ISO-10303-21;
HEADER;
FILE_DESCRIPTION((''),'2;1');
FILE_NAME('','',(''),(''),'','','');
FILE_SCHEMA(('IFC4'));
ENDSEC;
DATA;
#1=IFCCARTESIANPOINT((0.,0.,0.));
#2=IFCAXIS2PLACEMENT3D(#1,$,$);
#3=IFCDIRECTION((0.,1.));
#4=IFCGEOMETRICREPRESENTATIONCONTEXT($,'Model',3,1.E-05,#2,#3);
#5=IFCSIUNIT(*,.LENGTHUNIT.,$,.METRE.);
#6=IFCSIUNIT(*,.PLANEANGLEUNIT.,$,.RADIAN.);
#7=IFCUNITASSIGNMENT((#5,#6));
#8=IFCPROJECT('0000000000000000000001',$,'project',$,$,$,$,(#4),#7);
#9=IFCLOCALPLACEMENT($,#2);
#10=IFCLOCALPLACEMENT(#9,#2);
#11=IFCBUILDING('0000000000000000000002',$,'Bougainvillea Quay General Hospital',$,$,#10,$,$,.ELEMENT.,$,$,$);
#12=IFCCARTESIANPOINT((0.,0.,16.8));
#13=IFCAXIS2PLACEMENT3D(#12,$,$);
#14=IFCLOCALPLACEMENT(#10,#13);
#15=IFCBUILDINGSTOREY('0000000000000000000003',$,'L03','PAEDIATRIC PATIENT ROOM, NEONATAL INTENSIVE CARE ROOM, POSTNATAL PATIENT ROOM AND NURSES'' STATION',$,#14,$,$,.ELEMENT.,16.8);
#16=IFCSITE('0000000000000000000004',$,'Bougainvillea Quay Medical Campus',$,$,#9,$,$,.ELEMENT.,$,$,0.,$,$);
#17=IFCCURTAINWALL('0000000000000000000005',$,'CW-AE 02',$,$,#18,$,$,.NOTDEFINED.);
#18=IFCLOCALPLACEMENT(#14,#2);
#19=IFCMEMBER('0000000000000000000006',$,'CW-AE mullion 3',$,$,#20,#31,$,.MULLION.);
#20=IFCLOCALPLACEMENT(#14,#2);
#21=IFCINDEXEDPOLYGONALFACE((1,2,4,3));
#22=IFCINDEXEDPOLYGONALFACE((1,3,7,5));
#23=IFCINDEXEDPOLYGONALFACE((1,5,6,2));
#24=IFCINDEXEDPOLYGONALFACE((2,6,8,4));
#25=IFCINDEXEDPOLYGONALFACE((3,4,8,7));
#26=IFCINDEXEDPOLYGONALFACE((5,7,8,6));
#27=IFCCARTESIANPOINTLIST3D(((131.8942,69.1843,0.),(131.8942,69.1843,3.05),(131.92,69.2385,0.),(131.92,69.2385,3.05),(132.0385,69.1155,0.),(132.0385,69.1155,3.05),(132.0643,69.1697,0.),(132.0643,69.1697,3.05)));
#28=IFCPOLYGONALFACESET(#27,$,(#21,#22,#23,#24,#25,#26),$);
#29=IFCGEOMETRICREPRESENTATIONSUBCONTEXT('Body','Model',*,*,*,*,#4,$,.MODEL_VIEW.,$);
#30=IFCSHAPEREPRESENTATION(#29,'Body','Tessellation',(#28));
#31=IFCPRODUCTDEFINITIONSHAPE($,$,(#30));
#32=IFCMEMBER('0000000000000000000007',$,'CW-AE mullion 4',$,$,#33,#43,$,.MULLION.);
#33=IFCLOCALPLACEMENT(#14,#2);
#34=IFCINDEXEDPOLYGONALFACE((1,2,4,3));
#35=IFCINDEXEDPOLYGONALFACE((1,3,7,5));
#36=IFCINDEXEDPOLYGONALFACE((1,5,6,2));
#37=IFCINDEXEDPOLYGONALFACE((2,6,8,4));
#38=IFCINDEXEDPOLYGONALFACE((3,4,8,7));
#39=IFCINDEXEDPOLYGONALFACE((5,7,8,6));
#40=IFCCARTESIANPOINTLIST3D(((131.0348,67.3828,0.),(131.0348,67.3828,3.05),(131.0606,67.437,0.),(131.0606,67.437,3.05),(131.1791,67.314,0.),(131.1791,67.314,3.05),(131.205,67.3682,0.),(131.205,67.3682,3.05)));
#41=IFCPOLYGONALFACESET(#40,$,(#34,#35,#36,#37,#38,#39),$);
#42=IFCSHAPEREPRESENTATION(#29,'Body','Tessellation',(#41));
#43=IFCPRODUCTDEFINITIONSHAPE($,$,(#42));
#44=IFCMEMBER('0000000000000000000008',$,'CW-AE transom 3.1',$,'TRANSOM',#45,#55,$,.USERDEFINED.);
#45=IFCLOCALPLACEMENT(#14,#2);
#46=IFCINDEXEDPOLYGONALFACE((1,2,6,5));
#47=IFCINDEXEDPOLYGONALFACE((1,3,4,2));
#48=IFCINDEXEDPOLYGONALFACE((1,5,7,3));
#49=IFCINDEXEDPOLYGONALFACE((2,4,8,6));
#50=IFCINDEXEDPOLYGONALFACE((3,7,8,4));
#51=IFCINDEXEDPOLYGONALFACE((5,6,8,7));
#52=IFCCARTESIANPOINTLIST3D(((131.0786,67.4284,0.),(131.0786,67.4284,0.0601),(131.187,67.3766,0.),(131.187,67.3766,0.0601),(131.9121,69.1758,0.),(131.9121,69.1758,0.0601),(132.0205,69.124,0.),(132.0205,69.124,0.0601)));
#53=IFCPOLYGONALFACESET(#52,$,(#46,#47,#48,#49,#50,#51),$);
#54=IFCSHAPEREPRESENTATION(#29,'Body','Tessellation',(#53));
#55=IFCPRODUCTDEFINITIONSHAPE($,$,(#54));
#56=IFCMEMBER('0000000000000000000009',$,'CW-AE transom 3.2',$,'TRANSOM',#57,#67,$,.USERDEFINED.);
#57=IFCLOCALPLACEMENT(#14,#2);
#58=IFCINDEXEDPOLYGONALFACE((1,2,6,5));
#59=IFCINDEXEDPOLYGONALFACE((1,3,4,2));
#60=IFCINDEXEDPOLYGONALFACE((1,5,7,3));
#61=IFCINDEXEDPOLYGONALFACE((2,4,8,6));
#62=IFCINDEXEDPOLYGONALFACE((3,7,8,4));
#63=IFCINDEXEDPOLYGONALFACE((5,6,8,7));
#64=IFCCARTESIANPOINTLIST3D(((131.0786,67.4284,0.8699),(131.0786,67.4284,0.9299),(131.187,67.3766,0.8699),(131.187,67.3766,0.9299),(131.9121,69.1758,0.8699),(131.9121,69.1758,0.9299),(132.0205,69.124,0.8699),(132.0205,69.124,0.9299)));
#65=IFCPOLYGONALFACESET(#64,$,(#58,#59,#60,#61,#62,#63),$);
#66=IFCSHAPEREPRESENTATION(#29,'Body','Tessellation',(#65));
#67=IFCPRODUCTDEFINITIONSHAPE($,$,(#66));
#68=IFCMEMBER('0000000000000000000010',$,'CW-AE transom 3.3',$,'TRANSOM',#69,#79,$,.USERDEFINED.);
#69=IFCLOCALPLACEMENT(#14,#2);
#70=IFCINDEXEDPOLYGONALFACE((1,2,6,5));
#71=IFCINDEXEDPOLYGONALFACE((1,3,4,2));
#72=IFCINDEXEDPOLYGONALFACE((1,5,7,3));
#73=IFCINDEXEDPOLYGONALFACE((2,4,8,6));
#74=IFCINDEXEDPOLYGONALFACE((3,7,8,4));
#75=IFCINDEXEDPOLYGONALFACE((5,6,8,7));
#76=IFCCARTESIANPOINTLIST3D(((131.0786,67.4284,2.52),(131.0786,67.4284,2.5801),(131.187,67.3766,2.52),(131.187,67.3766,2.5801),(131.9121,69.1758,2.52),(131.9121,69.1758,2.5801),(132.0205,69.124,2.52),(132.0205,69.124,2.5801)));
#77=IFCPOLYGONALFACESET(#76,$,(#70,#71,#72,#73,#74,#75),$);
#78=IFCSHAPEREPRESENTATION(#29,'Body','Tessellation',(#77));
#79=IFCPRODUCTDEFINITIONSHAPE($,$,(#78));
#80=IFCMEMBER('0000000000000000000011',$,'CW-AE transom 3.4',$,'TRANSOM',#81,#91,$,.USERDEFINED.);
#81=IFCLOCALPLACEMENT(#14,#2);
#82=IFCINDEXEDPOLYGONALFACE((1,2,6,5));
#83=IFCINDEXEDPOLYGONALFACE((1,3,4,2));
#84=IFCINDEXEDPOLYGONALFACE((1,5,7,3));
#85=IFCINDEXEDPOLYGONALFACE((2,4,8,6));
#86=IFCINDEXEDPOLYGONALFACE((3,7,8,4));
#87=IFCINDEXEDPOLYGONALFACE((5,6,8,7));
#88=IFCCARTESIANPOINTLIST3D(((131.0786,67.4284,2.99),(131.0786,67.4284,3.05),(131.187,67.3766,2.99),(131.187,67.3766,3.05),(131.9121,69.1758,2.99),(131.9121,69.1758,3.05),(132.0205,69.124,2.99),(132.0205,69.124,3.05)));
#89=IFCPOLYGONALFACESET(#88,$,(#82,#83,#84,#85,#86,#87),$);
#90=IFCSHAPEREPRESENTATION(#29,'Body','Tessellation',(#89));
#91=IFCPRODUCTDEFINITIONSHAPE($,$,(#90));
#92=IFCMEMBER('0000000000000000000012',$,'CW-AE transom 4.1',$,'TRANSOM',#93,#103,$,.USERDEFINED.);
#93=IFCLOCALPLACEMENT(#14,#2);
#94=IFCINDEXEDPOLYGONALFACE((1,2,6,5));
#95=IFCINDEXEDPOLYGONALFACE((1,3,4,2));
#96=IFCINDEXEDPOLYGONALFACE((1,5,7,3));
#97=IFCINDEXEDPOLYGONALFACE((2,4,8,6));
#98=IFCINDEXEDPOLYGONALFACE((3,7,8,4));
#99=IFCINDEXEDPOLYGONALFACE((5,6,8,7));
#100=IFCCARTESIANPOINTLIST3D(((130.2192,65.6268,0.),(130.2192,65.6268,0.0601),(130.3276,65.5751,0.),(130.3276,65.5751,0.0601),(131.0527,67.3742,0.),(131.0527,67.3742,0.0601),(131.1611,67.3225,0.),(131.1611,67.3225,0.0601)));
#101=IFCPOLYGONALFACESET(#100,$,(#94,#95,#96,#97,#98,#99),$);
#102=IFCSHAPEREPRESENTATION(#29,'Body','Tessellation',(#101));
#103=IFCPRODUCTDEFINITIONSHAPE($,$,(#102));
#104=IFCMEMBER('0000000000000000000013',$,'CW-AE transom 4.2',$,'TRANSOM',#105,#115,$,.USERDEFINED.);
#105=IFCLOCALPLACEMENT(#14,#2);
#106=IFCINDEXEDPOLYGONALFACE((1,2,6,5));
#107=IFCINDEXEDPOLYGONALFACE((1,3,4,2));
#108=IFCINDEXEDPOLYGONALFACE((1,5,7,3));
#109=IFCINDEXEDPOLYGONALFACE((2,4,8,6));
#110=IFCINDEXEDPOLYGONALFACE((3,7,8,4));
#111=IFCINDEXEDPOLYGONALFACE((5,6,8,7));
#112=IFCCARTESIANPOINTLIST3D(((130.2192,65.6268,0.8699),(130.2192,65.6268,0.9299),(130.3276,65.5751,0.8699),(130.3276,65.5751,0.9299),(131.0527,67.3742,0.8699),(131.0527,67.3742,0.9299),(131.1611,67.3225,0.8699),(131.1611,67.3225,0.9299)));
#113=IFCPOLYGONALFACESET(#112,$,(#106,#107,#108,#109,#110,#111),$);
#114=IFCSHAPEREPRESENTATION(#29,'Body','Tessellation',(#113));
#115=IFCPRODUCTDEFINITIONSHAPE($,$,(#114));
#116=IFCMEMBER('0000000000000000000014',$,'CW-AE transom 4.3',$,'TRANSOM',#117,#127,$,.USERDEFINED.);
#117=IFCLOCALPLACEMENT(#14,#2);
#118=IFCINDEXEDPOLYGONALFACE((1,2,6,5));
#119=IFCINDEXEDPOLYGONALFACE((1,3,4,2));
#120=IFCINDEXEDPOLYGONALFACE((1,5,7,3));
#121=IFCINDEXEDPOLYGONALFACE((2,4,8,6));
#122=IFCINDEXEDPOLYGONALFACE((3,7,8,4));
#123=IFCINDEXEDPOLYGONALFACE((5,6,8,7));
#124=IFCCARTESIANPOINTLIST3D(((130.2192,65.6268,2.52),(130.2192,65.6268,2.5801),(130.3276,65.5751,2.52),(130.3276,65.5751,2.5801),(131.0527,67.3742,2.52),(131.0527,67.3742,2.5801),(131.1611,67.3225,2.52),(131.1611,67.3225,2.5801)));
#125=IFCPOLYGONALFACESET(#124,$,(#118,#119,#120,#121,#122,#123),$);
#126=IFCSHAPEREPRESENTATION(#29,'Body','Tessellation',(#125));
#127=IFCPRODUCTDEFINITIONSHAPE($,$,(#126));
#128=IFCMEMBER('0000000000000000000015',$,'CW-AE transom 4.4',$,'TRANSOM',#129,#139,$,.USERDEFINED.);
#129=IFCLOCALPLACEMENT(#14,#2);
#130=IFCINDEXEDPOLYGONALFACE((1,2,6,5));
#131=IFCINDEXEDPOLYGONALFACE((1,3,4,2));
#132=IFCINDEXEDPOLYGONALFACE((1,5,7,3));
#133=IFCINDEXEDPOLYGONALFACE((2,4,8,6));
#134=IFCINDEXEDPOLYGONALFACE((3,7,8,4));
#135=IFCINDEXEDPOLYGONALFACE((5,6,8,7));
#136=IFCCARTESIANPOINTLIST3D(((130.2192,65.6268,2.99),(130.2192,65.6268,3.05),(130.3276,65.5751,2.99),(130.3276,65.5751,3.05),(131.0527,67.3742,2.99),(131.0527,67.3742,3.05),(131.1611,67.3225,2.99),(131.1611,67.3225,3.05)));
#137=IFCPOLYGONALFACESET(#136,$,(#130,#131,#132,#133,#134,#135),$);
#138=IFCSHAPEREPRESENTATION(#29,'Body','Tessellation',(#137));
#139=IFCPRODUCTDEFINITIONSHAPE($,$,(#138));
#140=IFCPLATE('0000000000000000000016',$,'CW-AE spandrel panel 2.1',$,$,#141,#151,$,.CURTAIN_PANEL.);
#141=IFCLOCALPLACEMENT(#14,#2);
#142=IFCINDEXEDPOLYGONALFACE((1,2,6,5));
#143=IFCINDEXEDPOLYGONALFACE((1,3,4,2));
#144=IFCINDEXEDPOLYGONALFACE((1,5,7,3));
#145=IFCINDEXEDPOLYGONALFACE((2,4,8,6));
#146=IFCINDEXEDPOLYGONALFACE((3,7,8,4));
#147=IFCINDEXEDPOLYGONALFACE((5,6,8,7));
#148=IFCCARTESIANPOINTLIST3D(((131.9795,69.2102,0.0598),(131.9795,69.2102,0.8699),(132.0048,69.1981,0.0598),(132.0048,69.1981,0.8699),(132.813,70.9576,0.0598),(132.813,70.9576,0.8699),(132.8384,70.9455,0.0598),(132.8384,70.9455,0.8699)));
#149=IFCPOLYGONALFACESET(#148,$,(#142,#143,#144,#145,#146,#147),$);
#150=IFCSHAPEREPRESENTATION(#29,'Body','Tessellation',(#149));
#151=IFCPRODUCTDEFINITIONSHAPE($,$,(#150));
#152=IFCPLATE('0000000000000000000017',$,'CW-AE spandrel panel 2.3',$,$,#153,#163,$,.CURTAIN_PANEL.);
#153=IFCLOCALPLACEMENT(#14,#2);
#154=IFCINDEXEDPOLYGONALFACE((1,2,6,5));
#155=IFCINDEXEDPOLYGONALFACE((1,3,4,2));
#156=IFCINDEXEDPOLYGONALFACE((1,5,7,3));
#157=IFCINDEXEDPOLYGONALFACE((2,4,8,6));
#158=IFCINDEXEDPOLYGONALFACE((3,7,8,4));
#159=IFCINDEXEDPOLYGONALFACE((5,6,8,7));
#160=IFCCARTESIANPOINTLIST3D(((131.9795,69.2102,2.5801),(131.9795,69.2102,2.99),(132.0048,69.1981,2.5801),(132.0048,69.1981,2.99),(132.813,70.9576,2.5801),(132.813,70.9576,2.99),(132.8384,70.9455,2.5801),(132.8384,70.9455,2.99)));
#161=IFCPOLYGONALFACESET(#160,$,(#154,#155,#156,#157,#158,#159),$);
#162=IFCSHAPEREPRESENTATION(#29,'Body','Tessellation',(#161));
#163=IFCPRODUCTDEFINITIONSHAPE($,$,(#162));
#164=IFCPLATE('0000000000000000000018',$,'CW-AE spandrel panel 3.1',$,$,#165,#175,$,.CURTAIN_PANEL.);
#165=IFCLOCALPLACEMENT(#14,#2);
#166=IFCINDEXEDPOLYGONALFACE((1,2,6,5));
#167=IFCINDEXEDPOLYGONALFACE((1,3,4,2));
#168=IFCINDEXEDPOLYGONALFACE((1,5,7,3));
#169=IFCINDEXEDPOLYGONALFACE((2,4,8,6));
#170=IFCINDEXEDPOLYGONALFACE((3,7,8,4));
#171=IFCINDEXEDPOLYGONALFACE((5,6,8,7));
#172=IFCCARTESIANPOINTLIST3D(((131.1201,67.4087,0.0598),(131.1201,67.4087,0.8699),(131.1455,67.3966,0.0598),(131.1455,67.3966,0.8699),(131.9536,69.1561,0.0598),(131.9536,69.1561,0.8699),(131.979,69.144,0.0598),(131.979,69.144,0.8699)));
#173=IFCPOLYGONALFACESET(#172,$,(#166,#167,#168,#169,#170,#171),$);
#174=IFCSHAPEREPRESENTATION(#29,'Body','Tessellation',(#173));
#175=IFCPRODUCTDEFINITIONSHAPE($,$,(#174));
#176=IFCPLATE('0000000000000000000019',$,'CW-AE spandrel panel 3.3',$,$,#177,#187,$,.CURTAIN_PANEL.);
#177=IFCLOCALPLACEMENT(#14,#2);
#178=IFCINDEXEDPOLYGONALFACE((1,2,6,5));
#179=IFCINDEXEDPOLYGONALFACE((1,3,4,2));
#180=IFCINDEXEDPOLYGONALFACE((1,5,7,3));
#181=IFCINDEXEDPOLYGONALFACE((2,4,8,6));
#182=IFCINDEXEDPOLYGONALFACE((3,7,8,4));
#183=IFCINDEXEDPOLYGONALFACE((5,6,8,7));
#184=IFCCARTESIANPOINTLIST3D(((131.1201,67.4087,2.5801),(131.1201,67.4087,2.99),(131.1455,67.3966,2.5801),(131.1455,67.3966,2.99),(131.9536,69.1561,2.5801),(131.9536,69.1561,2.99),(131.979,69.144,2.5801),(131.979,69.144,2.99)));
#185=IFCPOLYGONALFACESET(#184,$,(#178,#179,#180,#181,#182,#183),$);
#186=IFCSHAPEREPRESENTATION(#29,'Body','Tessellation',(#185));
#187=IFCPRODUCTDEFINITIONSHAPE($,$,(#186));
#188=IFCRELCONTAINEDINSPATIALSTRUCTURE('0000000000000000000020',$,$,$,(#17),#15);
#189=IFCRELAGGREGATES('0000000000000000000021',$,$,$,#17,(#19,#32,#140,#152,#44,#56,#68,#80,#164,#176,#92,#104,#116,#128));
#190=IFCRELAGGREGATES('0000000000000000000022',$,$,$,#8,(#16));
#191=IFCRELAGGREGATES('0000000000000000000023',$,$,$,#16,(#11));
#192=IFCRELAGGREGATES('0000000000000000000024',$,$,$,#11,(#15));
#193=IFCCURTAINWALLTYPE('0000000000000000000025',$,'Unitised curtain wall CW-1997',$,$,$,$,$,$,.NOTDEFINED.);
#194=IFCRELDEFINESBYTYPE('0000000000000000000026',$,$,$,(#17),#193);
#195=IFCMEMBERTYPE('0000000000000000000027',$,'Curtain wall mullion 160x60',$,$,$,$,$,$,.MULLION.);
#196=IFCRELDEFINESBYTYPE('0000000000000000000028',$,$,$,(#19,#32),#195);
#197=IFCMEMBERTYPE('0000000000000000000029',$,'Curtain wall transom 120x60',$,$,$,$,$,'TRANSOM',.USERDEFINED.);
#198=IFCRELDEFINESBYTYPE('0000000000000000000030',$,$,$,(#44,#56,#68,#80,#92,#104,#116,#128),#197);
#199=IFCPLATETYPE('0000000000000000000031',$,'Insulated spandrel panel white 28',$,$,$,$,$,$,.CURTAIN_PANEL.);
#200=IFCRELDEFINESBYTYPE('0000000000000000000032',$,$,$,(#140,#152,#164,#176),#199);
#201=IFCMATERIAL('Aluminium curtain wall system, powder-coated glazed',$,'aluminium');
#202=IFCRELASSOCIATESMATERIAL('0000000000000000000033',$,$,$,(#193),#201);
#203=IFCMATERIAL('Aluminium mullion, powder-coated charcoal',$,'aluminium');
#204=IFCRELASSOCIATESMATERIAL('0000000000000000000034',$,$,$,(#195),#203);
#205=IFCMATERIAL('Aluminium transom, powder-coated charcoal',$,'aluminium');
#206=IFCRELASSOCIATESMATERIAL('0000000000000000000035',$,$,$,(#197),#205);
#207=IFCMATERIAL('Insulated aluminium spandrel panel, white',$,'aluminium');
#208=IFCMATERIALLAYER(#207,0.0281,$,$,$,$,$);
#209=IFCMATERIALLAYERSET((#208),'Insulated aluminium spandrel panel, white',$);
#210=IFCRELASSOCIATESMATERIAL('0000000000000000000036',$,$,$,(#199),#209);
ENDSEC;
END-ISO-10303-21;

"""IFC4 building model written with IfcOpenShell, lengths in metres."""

from ifc_helpers import new_model, si_unit, direction, frame, origin, origin_2d, place, context, subcontext, project, spatial, rectangle, extrude, material, layer, layer_set, material_profile, profile_set, type_object, element, aggregate, save


model = new_model("IFC4")

# Units and contexts
model_context = context("Model", 3, precision=1e-05, world=origin(), true_north=direction((0.0, 1.0)))
body_context = subcontext(model_context, "Body", "Model", "MODEL_VIEW")
ifc_project = project(units=[si_unit("LENGTHUNIT", "METRE"), si_unit("PLANEANGLEUNIT", "RADIAN")], contexts=[model_context])

# Site, building, storey
site_placement = place(None, origin())
site = spatial("IfcSite", under=ifc_project, at=site_placement, Name="Bougainvillea Quay Medical Campus", CompositionType="ELEMENT", RefElevation=0.0)
building_placement = place(site_placement, origin())
building = spatial("IfcBuilding", under=site, at=building_placement, Name="Bougainvillea Quay General Hospital", CompositionType="ELEMENT")
storey_placement = place(building_placement, frame((0.0, 0.0, 16.8)))
storey = spatial("IfcBuildingStorey", under=building, at=storey_placement, Name="L03", Description="PAEDIATRIC PATIENT ROOM, NEONATAL INTENSIVE CARE ROOM, POSTNATAL PATIENT ROOM AND NURSES' STATION", CompositionType="ELEMENT", Elevation=16.8)

# Curtain wall, members, plates
ifc_material_1 = material(Name="Aluminium curtain wall system, powder-coated glazed", Category="aluminium")
curtain_wall_type = type_object("IfcCurtainWallType", Name="Unitised curtain wall CW-1997", PredefinedType="NOTDEFINED", material=ifc_material_1)
curtain_wall_placement = place(storey_placement, origin())
curtain_wall = element("IfcCurtainWall", 1, at=curtain_wall_placement, inside=storey, type_object=curtain_wall_type, Name="CW-AE 02", PredefinedType="NOTDEFINED")
ifc_material_2 = material(Name="Aluminium mullion, powder-coated charcoal", Category="aluminium")
ifc_material_profile_1 = material_profile(ifc_material_2, rectangle(XDim=0.1599, YDim=0.0601, at=origin_2d()))
ifc_profile_set_1 = profile_set([ifc_material_profile_1], Name="Aluminium mullion, powder-coated charcoal")
member_type_1 = type_object("IfcMemberType", Name="Curtain wall mullion 160x60", PredefinedType="MULLION", material=ifc_profile_set_1)
member_1_placement = place(storey_placement, frame((131.9792, 69.177, 0.0), z_axis=(0.0, 0.0, 1.0), x_axis=(0.902578, -0.430525, 0.0)))
member_1 = element("IfcMember", 2, at=member_1_placement, type_object=member_type_1, Name="CW-AE mullion 3", PredefinedType="MULLION", context=body_context, shape_type="SweptSolid", body=[
    extrude(rectangle(XDim=0.1599, YDim=0.0601, at=origin_2d()), origin(), (0.0, 0.0, 1.0), 3.05),
])
member_2_placement = place(storey_placement, frame((131.1199, 67.3755, 0.0), z_axis=(0.0, 0.0, 1.0), x_axis=(0.902578, -0.430525, 0.0)))
member_2 = element("IfcMember", 3, at=member_2_placement, type_object=member_type_1, Name="CW-AE mullion 4", PredefinedType="MULLION", context=body_context, shape_type="SweptSolid", body=[
    extrude(rectangle(XDim=0.1599, YDim=0.0601, at=origin_2d()), origin(), (0.0, 0.0, 1.0), 3.05),
])
ifc_material_3 = material(Name="Aluminium transom, powder-coated charcoal", Category="aluminium")
ifc_material_profile_2 = material_profile(ifc_material_3, rectangle(XDim=0.1201, YDim=0.0601, at=origin_2d()))
ifc_profile_set_2 = profile_set([ifc_material_profile_2], Name="Aluminium transom, powder-coated charcoal")
member_type_2 = type_object("IfcMemberType", Name="Curtain wall transom 120x60", ElementType="TRANSOM", PredefinedType="USERDEFINED", material=ifc_profile_set_2)
member_3_placement = place(storey_placement, frame((131.9663, 69.1499, 0.03), z_axis=(-0.43054, -0.902571, 0.0), x_axis=(0.902571, -0.43054, 0.0)))
member_3 = element("IfcMember", 4, at=member_3_placement, type_object=member_type_2, Name="CW-AE transom 3.1", ObjectType="TRANSOM", PredefinedType="USERDEFINED", context=body_context, shape_type="SweptSolid", body=[
    extrude(rectangle(XDim=0.1201, YDim=0.0601, at=origin_2d()), origin(), (0.0, 0.0, 1.0), 1.936),
])
member_4_placement = place(storey_placement, frame((131.9663, 69.1499, 0.8999), z_axis=(-0.43054, -0.902571, 0.0), x_axis=(0.902571, -0.43054, 0.0)))
member_4 = element("IfcMember", 5, at=member_4_placement, type_object=member_type_2, Name="CW-AE transom 3.2", ObjectType="TRANSOM", PredefinedType="USERDEFINED", context=body_context, shape_type="SweptSolid", body=[
    extrude(rectangle(XDim=0.1201, YDim=0.0601, at=origin_2d()), origin(), (0.0, 0.0, 1.0), 1.936),
])
member_5_placement = place(storey_placement, frame((131.9663, 69.1499, 2.55), z_axis=(-0.43054, -0.902571, 0.0), x_axis=(0.902571, -0.43054, 0.0)))
member_5 = element("IfcMember", 6, at=member_5_placement, type_object=member_type_2, Name="CW-AE transom 3.3", ObjectType="TRANSOM", PredefinedType="USERDEFINED", context=body_context, shape_type="SweptSolid", body=[
    extrude(rectangle(XDim=0.1201, YDim=0.0601, at=origin_2d()), origin(), (0.0, 0.0, 1.0), 1.936),
])
member_6_placement = place(storey_placement, frame((131.9663, 69.1499, 3.02), z_axis=(-0.43054, -0.902571, 0.0), x_axis=(0.902571, -0.43054, 0.0)))
member_6 = element("IfcMember", 7, at=member_6_placement, type_object=member_type_2, Name="CW-AE transom 3.4", ObjectType="TRANSOM", PredefinedType="USERDEFINED", context=body_context, shape_type="SweptSolid", body=[
    extrude(rectangle(XDim=0.1201, YDim=0.0601, at=origin_2d()), origin(), (0.0, 0.0, 1.0), 1.936),
])
member_7_placement = place(storey_placement, frame((131.1069, 67.3484, 0.03), z_axis=(-0.43054, -0.902571, 0.0), x_axis=(0.902571, -0.43054, 0.0)))
member_7 = element("IfcMember", 8, at=member_7_placement, type_object=member_type_2, Name="CW-AE transom 4.1", ObjectType="TRANSOM", PredefinedType="USERDEFINED", context=body_context, shape_type="SweptSolid", body=[
    extrude(rectangle(XDim=0.1201, YDim=0.0601, at=origin_2d()), origin(), (0.0, 0.0, 1.0), 1.936),
])
member_8_placement = place(storey_placement, frame((131.1069, 67.3484, 0.8999), z_axis=(-0.43054, -0.902571, 0.0), x_axis=(0.902571, -0.43054, 0.0)))
member_8 = element("IfcMember", 9, at=member_8_placement, type_object=member_type_2, Name="CW-AE transom 4.2", ObjectType="TRANSOM", PredefinedType="USERDEFINED", context=body_context, shape_type="SweptSolid", body=[
    extrude(rectangle(XDim=0.1201, YDim=0.0601, at=origin_2d()), origin(), (0.0, 0.0, 1.0), 1.936),
])
member_9_placement = place(storey_placement, frame((131.1069, 67.3484, 2.55), z_axis=(-0.43054, -0.902571, 0.0), x_axis=(0.902571, -0.43054, 0.0)))
member_9 = element("IfcMember", 10, at=member_9_placement, type_object=member_type_2, Name="CW-AE transom 4.3", ObjectType="TRANSOM", PredefinedType="USERDEFINED", context=body_context, shape_type="SweptSolid", body=[
    extrude(rectangle(XDim=0.1201, YDim=0.0601, at=origin_2d()), origin(), (0.0, 0.0, 1.0), 1.936),
])
member_10_placement = place(storey_placement, frame((131.1069, 67.3484, 3.02), z_axis=(-0.43054, -0.902571, 0.0), x_axis=(0.902571, -0.43054, 0.0)))
member_10 = element("IfcMember", 11, at=member_10_placement, type_object=member_type_2, Name="CW-AE transom 4.4", ObjectType="TRANSOM", PredefinedType="USERDEFINED", context=body_context, shape_type="SweptSolid", body=[
    extrude(rectangle(XDim=0.1201, YDim=0.0601, at=origin_2d()), origin(), (0.0, 0.0, 1.0), 1.936),
])
ifc_material_4 = material(Name="Insulated aluminium spandrel panel, white", Category="aluminium")
ifc_layer_1 = layer(ifc_material_4, 0.0281)
ifc_layer_set_1 = layer_set([ifc_layer_1], Name="Insulated aluminium spandrel panel, white")
plate_type_1 = type_object("IfcPlateType", Name="Insulated spandrel panel white 28", PredefinedType="CURTAIN_PANEL", material=ifc_layer_set_1)
plate_1_placement = place(storey_placement, frame((132.4089, 70.0779, 0.0598), z_axis=(0.0, 0.0, 1.0), x_axis=(-0.430525, -0.902578, 0.0)))
plate_1 = element("IfcPlate", 12, at=plate_1_placement, type_object=plate_type_1, Name="CW-AE spandrel panel 2.1", PredefinedType="CURTAIN_PANEL", context=body_context, shape_type="SweptSolid", body=[
    extrude(rectangle(XDim=1.936, YDim=0.0281, at=origin_2d()), origin(), (0.0, 0.0, 1.0), 0.8101),
])
plate_2_placement = place(storey_placement, frame((132.4089, 70.0779, 2.5801), z_axis=(0.0, 0.0, 1.0), x_axis=(-0.430525, -0.902578, 0.0)))
plate_2 = element("IfcPlate", 13, at=plate_2_placement, type_object=plate_type_1, Name="CW-AE spandrel panel 2.3", PredefinedType="CURTAIN_PANEL", context=body_context, shape_type="SweptSolid", body=[
    extrude(rectangle(XDim=1.936, YDim=0.0281, at=origin_2d()), origin(), (0.0, 0.0, 1.0), 0.4099),
])
plate_3_placement = place(storey_placement, frame((131.5496, 68.2764, 0.0598), z_axis=(0.0, 0.0, 1.0), x_axis=(-0.430525, -0.902578, 0.0)))
plate_3 = element("IfcPlate", 14, at=plate_3_placement, type_object=plate_type_1, Name="CW-AE spandrel panel 3.1", PredefinedType="CURTAIN_PANEL", context=body_context, shape_type="SweptSolid", body=[
    extrude(rectangle(XDim=1.936, YDim=0.0281, at=origin_2d()), origin(), (0.0, 0.0, 1.0), 0.8101),
])
plate_4_placement = place(storey_placement, frame((131.5496, 68.2764, 2.5801), z_axis=(0.0, 0.0, 1.0), x_axis=(-0.430525, -0.902578, 0.0)))
plate_4 = element("IfcPlate", 15, at=plate_4_placement, type_object=plate_type_1, Name="CW-AE spandrel panel 3.3", PredefinedType="CURTAIN_PANEL", context=body_context, shape_type="SweptSolid", body=[
    extrude(rectangle(XDim=1.936, YDim=0.0281, at=origin_2d()), origin(), (0.0, 0.0, 1.0), 0.4099),
])
aggregate(curtain_wall, [member_1, member_2, plate_1, plate_2, member_3, member_4, member_5, member_6, plate_3, plate_4, member_7, member_8, member_9, member_10])

save(model, "model.ifc")
